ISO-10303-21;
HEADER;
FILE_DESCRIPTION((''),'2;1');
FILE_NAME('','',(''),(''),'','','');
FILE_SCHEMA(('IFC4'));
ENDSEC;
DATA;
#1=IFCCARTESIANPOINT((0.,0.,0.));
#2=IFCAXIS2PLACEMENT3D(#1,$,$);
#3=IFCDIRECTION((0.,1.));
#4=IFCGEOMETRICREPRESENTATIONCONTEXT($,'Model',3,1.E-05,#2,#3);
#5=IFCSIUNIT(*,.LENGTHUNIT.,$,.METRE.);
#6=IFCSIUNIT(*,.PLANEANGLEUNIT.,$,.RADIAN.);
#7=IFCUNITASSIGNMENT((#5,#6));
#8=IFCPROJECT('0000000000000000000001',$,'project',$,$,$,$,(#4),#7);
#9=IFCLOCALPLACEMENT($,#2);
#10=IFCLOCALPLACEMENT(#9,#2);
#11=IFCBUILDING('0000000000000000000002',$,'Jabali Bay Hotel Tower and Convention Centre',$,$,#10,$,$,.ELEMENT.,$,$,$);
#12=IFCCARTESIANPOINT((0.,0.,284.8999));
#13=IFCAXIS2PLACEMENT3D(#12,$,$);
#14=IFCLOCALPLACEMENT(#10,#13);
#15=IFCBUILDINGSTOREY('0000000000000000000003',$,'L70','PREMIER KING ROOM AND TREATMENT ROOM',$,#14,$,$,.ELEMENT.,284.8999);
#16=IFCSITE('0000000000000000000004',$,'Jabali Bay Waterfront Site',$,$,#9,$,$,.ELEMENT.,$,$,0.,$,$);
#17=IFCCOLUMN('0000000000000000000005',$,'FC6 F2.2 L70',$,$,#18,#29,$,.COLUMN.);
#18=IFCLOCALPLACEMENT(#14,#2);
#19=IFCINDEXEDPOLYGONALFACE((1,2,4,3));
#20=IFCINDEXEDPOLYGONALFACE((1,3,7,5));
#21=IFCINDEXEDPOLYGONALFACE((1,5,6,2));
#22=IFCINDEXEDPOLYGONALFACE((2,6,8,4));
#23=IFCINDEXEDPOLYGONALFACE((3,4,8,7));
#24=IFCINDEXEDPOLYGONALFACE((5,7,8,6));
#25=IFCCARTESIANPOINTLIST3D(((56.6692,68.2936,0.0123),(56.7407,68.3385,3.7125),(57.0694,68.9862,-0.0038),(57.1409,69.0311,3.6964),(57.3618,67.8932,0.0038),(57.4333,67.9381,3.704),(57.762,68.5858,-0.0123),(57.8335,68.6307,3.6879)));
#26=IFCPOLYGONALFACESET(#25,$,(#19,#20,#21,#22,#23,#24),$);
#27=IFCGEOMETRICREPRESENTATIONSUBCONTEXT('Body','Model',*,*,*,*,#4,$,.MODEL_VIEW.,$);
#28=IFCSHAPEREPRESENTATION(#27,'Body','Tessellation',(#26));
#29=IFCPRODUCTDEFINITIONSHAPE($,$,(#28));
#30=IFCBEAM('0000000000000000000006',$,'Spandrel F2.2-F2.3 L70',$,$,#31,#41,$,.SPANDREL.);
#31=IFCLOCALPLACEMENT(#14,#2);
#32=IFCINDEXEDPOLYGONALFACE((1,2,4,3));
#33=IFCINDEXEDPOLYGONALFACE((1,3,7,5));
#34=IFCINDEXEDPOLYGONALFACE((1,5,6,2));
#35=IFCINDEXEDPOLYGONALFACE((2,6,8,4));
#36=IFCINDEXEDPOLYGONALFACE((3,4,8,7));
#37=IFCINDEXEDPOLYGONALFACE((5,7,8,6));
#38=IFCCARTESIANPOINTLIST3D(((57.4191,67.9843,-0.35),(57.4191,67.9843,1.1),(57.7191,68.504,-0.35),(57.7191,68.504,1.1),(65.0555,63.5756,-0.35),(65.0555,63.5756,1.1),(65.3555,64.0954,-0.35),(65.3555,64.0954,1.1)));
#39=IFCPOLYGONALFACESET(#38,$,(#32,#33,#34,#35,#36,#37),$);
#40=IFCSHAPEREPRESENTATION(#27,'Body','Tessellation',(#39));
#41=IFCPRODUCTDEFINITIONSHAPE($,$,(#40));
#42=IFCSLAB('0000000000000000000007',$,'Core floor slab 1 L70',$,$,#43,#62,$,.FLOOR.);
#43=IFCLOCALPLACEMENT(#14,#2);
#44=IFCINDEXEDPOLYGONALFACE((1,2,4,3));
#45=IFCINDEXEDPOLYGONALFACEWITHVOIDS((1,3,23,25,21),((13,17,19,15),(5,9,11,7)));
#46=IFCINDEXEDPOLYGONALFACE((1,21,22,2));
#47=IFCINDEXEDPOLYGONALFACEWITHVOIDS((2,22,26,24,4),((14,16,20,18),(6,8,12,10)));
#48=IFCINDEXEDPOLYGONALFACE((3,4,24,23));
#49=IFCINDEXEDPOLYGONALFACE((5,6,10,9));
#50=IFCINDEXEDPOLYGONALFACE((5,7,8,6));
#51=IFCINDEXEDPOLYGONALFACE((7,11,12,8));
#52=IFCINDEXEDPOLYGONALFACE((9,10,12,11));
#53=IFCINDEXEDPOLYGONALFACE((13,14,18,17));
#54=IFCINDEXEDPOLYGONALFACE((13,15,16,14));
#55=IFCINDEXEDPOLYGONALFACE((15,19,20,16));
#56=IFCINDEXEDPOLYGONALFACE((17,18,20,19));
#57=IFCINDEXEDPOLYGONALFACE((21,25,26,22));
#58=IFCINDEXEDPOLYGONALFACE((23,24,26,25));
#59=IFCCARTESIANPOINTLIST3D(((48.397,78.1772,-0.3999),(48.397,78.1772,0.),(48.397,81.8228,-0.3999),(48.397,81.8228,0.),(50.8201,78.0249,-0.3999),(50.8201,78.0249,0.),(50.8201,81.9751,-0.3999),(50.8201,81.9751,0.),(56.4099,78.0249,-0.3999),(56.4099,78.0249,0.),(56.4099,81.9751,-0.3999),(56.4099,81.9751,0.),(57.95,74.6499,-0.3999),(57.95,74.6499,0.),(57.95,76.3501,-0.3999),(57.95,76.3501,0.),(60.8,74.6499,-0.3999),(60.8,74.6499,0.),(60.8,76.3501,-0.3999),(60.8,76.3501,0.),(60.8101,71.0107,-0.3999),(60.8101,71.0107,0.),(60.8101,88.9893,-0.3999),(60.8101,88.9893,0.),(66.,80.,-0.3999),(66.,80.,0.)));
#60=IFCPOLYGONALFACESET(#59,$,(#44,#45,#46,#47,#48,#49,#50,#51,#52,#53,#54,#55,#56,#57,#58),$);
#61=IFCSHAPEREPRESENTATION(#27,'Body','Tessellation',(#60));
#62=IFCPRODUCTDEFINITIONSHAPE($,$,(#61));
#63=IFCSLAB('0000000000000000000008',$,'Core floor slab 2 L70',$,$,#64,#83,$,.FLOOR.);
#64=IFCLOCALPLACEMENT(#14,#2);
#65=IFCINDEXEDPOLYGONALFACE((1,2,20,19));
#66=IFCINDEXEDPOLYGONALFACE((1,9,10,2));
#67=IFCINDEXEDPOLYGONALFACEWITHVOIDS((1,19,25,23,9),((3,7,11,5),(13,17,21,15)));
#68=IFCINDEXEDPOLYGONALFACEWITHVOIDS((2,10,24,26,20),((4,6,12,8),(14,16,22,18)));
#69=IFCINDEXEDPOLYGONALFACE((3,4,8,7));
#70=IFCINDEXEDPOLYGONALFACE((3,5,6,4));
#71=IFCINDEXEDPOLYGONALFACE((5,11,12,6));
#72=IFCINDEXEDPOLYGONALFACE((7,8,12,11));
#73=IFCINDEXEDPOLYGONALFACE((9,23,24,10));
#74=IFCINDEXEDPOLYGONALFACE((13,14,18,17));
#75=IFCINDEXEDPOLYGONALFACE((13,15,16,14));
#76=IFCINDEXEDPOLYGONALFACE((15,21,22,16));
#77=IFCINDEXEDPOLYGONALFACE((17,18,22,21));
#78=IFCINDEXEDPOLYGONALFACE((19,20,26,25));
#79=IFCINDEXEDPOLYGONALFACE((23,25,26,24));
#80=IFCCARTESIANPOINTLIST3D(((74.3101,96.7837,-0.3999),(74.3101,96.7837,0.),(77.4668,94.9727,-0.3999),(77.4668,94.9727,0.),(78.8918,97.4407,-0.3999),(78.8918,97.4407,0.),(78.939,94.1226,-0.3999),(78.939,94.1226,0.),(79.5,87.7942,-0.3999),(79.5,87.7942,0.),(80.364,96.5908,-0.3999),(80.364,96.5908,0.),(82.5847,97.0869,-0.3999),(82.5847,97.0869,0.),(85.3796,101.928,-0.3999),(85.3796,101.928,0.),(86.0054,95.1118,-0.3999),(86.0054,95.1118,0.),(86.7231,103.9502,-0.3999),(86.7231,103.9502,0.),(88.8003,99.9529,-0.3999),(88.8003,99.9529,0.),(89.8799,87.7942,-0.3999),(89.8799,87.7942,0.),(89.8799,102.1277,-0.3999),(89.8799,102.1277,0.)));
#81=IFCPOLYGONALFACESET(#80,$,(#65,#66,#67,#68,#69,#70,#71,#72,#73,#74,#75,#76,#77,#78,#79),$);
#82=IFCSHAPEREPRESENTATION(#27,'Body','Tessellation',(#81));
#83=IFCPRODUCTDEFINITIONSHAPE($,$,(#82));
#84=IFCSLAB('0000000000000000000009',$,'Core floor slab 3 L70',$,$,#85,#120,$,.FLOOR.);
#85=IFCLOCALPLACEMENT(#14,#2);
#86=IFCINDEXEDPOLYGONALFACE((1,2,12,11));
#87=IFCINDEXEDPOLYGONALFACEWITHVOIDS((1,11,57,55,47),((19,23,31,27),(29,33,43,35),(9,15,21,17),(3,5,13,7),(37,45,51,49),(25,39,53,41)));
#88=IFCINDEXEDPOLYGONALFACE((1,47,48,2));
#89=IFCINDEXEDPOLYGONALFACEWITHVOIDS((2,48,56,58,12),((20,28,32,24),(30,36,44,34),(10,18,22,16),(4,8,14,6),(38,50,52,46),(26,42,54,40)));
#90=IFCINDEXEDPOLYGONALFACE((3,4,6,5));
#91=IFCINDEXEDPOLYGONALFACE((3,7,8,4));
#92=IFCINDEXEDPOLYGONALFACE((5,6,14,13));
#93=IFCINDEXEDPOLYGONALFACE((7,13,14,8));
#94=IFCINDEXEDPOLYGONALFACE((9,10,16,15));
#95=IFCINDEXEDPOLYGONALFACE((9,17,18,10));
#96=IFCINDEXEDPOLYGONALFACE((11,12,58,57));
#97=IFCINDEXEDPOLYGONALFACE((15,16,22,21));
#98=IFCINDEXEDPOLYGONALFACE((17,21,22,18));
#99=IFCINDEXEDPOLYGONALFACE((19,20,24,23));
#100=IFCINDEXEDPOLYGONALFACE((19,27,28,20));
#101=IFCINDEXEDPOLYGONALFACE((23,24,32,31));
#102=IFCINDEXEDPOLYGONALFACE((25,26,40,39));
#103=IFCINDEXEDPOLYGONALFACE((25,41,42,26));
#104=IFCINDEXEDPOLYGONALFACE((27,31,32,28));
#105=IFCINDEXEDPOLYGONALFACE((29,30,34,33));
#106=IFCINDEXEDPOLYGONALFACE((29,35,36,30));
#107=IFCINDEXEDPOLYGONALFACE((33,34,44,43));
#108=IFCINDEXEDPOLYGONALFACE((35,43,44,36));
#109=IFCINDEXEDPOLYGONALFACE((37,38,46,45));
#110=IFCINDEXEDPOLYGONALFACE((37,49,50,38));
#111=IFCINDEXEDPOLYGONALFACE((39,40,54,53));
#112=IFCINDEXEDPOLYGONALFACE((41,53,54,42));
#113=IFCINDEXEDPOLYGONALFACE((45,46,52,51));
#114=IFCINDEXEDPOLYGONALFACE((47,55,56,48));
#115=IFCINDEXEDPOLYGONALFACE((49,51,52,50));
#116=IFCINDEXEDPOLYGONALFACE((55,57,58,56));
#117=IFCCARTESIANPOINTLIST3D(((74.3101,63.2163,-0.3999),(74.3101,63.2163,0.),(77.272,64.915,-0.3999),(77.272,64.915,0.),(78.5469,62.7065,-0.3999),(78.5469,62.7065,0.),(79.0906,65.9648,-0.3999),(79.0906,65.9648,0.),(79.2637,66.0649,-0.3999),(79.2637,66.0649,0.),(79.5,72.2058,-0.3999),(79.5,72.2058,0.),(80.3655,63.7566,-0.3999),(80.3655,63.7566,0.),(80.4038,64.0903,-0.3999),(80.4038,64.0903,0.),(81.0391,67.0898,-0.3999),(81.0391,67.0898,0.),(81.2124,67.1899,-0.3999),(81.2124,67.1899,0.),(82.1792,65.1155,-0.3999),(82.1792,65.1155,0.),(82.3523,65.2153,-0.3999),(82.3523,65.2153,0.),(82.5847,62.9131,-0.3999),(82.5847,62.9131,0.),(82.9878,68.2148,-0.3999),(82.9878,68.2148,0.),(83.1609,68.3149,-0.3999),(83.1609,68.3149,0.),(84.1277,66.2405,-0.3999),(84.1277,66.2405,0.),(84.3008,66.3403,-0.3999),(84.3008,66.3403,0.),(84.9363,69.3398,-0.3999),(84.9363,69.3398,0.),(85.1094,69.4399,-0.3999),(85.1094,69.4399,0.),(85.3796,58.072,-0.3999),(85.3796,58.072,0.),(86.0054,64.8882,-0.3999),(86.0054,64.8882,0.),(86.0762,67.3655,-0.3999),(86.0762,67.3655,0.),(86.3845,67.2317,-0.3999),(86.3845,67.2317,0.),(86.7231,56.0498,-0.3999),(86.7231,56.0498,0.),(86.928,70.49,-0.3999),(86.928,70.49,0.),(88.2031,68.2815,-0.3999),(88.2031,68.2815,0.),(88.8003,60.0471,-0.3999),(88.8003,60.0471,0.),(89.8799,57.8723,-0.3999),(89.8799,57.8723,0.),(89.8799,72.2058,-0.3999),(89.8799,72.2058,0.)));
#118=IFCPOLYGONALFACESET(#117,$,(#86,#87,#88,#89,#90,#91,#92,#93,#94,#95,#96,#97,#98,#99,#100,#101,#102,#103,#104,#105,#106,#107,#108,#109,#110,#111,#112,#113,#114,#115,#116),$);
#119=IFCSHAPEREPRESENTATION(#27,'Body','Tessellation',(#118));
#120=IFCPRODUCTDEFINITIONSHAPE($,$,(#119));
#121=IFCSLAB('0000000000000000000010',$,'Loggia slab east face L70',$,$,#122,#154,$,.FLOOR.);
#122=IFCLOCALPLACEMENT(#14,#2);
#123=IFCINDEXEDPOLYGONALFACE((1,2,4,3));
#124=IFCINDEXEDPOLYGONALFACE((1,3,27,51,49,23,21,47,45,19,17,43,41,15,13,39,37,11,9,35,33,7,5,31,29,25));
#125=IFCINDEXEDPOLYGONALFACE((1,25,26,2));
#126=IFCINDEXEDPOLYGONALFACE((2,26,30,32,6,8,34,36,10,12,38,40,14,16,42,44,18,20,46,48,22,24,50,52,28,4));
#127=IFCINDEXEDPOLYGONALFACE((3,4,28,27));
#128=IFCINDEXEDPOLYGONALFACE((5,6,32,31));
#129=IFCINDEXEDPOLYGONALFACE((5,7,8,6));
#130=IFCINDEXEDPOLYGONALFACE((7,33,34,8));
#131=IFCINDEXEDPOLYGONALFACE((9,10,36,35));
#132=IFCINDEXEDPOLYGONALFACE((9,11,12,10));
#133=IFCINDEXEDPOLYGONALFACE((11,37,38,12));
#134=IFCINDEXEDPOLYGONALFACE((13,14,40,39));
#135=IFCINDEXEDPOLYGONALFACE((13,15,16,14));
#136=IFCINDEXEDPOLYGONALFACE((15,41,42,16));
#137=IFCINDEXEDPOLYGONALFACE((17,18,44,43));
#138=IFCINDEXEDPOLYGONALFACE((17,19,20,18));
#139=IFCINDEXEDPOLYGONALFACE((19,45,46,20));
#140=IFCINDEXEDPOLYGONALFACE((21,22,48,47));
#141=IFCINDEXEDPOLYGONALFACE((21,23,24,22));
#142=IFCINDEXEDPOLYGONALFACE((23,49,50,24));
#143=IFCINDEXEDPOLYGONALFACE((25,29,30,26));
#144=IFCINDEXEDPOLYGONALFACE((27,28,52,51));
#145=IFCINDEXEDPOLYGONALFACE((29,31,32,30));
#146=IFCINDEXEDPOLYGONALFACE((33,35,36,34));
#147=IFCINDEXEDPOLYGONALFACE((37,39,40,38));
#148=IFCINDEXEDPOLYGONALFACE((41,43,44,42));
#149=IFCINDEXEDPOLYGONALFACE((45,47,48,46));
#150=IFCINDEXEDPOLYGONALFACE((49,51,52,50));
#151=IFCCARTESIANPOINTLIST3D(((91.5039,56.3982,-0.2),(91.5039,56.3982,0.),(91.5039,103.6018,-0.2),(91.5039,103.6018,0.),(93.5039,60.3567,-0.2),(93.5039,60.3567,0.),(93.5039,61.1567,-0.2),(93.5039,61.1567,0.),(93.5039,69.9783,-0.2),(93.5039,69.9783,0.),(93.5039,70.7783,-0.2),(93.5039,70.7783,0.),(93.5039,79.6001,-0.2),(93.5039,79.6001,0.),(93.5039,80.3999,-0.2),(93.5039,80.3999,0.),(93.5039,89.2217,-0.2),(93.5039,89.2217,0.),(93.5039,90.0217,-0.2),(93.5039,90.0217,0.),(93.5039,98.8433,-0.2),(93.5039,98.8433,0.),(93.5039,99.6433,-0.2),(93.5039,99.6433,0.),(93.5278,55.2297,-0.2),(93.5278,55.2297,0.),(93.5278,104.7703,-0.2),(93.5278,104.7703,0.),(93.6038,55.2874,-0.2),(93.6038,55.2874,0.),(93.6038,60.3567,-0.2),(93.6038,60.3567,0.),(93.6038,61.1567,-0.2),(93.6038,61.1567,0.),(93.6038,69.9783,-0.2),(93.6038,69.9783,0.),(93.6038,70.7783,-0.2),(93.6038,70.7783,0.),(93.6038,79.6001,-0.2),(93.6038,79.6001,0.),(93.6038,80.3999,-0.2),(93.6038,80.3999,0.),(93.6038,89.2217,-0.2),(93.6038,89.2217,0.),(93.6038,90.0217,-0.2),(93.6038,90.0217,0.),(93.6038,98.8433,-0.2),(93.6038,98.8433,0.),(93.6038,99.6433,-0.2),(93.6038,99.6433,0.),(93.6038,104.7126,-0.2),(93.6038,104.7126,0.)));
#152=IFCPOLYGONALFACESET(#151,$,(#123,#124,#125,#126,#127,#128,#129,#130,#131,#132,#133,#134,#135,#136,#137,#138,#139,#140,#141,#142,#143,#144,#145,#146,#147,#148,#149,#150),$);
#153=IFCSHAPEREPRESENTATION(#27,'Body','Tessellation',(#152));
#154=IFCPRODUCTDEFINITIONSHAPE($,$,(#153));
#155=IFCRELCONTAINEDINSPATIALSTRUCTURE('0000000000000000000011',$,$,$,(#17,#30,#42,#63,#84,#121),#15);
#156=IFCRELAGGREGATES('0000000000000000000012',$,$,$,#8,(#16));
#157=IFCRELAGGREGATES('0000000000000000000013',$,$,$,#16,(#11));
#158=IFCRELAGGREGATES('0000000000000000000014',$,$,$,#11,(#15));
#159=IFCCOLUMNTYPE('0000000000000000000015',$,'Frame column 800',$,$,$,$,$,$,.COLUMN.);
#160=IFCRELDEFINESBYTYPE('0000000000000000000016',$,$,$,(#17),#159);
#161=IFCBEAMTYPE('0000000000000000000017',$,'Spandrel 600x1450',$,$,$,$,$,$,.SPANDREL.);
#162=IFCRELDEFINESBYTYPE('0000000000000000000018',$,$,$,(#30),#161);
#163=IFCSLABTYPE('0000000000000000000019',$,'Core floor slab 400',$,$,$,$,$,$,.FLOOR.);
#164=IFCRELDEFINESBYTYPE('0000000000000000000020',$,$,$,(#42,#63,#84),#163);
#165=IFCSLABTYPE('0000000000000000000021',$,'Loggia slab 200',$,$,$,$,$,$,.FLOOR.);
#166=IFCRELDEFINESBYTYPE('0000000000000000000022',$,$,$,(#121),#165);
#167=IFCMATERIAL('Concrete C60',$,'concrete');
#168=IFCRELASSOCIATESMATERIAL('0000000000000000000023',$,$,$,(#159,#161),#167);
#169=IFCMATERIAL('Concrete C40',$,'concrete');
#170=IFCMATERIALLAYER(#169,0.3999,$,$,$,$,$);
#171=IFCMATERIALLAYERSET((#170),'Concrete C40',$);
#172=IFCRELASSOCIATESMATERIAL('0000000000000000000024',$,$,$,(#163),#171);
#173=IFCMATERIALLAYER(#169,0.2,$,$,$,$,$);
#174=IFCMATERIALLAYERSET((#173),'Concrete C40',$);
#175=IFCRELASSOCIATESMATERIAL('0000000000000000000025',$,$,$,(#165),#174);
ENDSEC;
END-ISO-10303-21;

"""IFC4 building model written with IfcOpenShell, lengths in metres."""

from ifc_helpers import new_model, si_unit, direction, frame, origin, origin_2d, place, context, subcontext, project, spatial, polyline, rectangle, outline, extrude, material, layer, layer_set, material_profile, profile_set, type_object, element, save


model = new_model("IFC4")

# Units and contexts
model_context = context("Model", 3, precision=1e-05, world=origin(), true_north=direction((0.0, 1.0)))
body_context = subcontext(model_context, "Body", "Model", "MODEL_VIEW")
ifc_project = project(units=[si_unit("LENGTHUNIT", "METRE"), si_unit("PLANEANGLEUNIT", "RADIAN")], contexts=[model_context])

# Site, building, storey
site_placement = place(None, origin())
site = spatial("IfcSite", under=ifc_project, at=site_placement, Name="Jabali Bay Waterfront Site", CompositionType="ELEMENT", RefElevation=0.0)
building_placement = place(site_placement, origin())
building = spatial("IfcBuilding", under=site, at=building_placement, Name="Jabali Bay Hotel Tower and Convention Centre", CompositionType="ELEMENT")
storey_placement = place(building_placement, frame((0.0, 0.0, 284.8999)))
storey = spatial("IfcBuildingStorey", under=building, at=storey_placement, Name="L70", Description="PREMIER KING ROOM AND TREATMENT ROOM", CompositionType="ELEMENT", Elevation=284.8999)

# Column
ifc_material_1 = material(Name="Concrete C60", Category="concrete")
ifc_material_profile_1 = material_profile(ifc_material_1, rectangle(XDim=0.8, YDim=0.8, at=origin_2d()), Name="Frame column 800")
ifc_profile_set_1 = profile_set([ifc_material_profile_1], Name="Concrete C60")
column_type = type_object("IfcColumnType", Name="Frame column 800", PredefinedType="COLUMN", material=ifc_profile_set_1)
column_placement = place(storey_placement, frame((57.2156, 68.4397, 0.0), z_axis=(0.019327, 0.012137, 0.99974), x_axis=(-0.865689, 0.500469, 0.01066)))
element("IfcColumn", 1, at=column_placement, inside=storey, type_object=column_type, Name="FC6 F2.2 L70", PredefinedType="COLUMN", context=body_context, shape_type="SweptSolid", body=[
    extrude(rectangle(XDim=0.8, YDim=0.8, at=origin_2d()), origin(), (0.0, 0.0, 1.0), 3.7012),
])

# Beam
ifc_material_profile_2 = material_profile(ifc_material_1, rectangle(XDim=0.6001, YDim=1.45, at=origin_2d()), Name="Spandrel 600x1450")
ifc_profile_set_2 = profile_set([ifc_material_profile_2], Name="Concrete C60")
beam_type = type_object("IfcBeamType", Name="Spandrel 600x1450", PredefinedType="SPANDREL", material=ifc_profile_set_2)
beam_placement = place(storey_placement, frame((57.5691, 68.2441, 0.375), z_axis=(0.866037, -0.49998, 0.0), x_axis=(0.49998, 0.866037, 0.0)))
element("IfcBeam", 2, at=beam_placement, inside=storey, type_object=beam_type, Name="Spandrel F2.2-F2.3 L70", PredefinedType="SPANDREL", context=body_context, shape_type="SweptSolid", body=[
    extrude(rectangle(XDim=0.6001, YDim=1.45, at=origin_2d()), origin(), (0.0, 0.0, 1.0), 8.8176),
])

# Slabs
ifc_material_2 = material(Name="Concrete C40", Category="concrete")
ifc_layer_1 = layer(ifc_material_2, 0.3999)
ifc_layer_set_1 = layer_set([ifc_layer_1], Name="Concrete C40")
slab_type_1 = type_object("IfcSlabType", Name="Core floor slab 400", PredefinedType="FLOOR", material=ifc_layer_set_1)
slab_1_placement = place(storey_placement, frame((0.0, 0.0, -0.3999)))
element("IfcSlab", 3, at=slab_1_placement, inside=storey, type_object=slab_type_1, Name="Core floor slab 1 L70", PredefinedType="FLOOR", context=body_context, shape_type="SweptSolid", body=[
    extrude(outline(polyline([(66.0, 80.0), (60.8101, 88.9893), (48.397, 81.8228), (48.397, 78.1772), (60.8101, 71.0107), (66.0, 80.0)]), holes=[polyline([(60.8, 76.3501), (57.95, 76.3501), (57.95, 74.6499), (60.8, 74.6499), (60.8, 76.3501)]), polyline([(50.8201, 81.9751), (50.8201, 78.0249), (56.4099, 78.0249), (56.4099, 81.9751), (50.8201, 81.9751)])]), origin(), (0.0, 0.0, 1.0), 0.3999),
])
slab_2_placement = place(storey_placement, frame((0.0, 0.0, -0.3999)))
element("IfcSlab", 4, at=slab_2_placement, inside=storey, type_object=slab_type_1, Name="Core floor slab 2 L70", PredefinedType="FLOOR", context=body_context, shape_type="SweptSolid", body=[
    extrude(outline(polyline([(79.5, 87.7942), (89.8799, 87.7942), (89.8799, 102.1277), (86.7231, 103.9502), (74.3101, 96.7837), (79.5, 87.7942)]), holes=[polyline([(78.939, 94.1226), (80.364, 96.5908), (78.8918, 97.4407), (77.4668, 94.9727), (78.939, 94.1226)]), polyline([(88.8003, 99.9529), (85.3796, 101.928), (82.5847, 97.0869), (86.0054, 95.1118), (88.8003, 99.9529)])]), origin(), (0.0, 0.0, 1.0), 0.3999),
])
slab_3_placement = place(storey_placement, frame((0.0, 0.0, -0.3999)))
element("IfcSlab", 5, at=slab_3_placement, inside=storey, type_object=slab_type_1, Name="Core floor slab 3 L70", PredefinedType="FLOOR", context=body_context, shape_type="SweptSolid", body=[
    extrude(outline(polyline([(79.5, 72.2058), (74.3101, 63.2163), (86.7231, 56.0498), (89.8799, 57.8723), (89.8799, 72.2058), (79.5, 72.2058)]), holes=[polyline([(82.5847, 62.9131), (85.3796, 58.072), (88.8003, 60.0471), (86.0054, 64.8882), (82.5847, 62.9131)]), polyline([(80.3655, 63.7566), (79.0906, 65.9648), (77.272, 64.915), (78.5469, 62.7065), (80.3655, 63.7566)]), polyline([(82.1792, 65.1155), (81.0391, 67.0898), (79.2637, 66.0649), (80.4038, 64.0903), (82.1792, 65.1155)]), polyline([(82.9878, 68.2148), (81.2124, 67.1899), (82.3523, 65.2153), (84.1277, 66.2405), (82.9878, 68.2148)]), polyline([(86.0762, 67.3655), (84.9363, 69.3398), (83.1609, 68.3149), (84.3008, 66.3403), (86.0762, 67.3655)]), polyline([(88.2031, 68.2815), (86.928, 70.49), (85.1094, 69.4399), (86.3845, 67.2317), (88.2031, 68.2815)])]), origin(), (0.0, 0.0, 1.0), 0.3999),
])
ifc_layer_2 = layer(ifc_material_2, 0.2)
ifc_layer_set_2 = layer_set([ifc_layer_2], Name="Concrete C40")
slab_type_2 = type_object("IfcSlabType", Name="Loggia slab 200", PredefinedType="FLOOR", material=ifc_layer_set_2)
slab_4_placement = place(storey_placement, frame((0.0, 0.0, -0.2)))
element("IfcSlab", 6, at=slab_4_placement, inside=storey, type_object=slab_type_2, Name="Loggia slab east face L70", PredefinedType="FLOOR", context=body_context, shape_type="SweptSolid", body=[
    extrude(outline(polyline([(91.5039, 103.6018), (93.5278, 104.7703), (93.6038, 104.7126), (93.6038, 99.6433), (93.5039, 99.6433), (93.5039, 98.8433), (93.6038, 98.8433), (93.6038, 90.0217), (93.5039, 90.0217), (93.5039, 89.2217), (93.6038, 89.2217), (93.6038, 80.3999), (93.5039, 80.3999), (93.5039, 79.6001), (93.6038, 79.6001), (93.6038, 70.7783), (93.5039, 70.7783), (93.5039, 69.9783), (93.6038, 69.9783), (93.6038, 61.1567), (93.5039, 61.1567), (93.5039, 60.3567), (93.6038, 60.3567), (93.6038, 55.2874), (93.5278, 55.2297), (91.5039, 56.3982), (91.5039, 103.6018)])), origin(), (0.0, 0.0, 1.0), 0.2),
])

save(model, "model.ifc")
